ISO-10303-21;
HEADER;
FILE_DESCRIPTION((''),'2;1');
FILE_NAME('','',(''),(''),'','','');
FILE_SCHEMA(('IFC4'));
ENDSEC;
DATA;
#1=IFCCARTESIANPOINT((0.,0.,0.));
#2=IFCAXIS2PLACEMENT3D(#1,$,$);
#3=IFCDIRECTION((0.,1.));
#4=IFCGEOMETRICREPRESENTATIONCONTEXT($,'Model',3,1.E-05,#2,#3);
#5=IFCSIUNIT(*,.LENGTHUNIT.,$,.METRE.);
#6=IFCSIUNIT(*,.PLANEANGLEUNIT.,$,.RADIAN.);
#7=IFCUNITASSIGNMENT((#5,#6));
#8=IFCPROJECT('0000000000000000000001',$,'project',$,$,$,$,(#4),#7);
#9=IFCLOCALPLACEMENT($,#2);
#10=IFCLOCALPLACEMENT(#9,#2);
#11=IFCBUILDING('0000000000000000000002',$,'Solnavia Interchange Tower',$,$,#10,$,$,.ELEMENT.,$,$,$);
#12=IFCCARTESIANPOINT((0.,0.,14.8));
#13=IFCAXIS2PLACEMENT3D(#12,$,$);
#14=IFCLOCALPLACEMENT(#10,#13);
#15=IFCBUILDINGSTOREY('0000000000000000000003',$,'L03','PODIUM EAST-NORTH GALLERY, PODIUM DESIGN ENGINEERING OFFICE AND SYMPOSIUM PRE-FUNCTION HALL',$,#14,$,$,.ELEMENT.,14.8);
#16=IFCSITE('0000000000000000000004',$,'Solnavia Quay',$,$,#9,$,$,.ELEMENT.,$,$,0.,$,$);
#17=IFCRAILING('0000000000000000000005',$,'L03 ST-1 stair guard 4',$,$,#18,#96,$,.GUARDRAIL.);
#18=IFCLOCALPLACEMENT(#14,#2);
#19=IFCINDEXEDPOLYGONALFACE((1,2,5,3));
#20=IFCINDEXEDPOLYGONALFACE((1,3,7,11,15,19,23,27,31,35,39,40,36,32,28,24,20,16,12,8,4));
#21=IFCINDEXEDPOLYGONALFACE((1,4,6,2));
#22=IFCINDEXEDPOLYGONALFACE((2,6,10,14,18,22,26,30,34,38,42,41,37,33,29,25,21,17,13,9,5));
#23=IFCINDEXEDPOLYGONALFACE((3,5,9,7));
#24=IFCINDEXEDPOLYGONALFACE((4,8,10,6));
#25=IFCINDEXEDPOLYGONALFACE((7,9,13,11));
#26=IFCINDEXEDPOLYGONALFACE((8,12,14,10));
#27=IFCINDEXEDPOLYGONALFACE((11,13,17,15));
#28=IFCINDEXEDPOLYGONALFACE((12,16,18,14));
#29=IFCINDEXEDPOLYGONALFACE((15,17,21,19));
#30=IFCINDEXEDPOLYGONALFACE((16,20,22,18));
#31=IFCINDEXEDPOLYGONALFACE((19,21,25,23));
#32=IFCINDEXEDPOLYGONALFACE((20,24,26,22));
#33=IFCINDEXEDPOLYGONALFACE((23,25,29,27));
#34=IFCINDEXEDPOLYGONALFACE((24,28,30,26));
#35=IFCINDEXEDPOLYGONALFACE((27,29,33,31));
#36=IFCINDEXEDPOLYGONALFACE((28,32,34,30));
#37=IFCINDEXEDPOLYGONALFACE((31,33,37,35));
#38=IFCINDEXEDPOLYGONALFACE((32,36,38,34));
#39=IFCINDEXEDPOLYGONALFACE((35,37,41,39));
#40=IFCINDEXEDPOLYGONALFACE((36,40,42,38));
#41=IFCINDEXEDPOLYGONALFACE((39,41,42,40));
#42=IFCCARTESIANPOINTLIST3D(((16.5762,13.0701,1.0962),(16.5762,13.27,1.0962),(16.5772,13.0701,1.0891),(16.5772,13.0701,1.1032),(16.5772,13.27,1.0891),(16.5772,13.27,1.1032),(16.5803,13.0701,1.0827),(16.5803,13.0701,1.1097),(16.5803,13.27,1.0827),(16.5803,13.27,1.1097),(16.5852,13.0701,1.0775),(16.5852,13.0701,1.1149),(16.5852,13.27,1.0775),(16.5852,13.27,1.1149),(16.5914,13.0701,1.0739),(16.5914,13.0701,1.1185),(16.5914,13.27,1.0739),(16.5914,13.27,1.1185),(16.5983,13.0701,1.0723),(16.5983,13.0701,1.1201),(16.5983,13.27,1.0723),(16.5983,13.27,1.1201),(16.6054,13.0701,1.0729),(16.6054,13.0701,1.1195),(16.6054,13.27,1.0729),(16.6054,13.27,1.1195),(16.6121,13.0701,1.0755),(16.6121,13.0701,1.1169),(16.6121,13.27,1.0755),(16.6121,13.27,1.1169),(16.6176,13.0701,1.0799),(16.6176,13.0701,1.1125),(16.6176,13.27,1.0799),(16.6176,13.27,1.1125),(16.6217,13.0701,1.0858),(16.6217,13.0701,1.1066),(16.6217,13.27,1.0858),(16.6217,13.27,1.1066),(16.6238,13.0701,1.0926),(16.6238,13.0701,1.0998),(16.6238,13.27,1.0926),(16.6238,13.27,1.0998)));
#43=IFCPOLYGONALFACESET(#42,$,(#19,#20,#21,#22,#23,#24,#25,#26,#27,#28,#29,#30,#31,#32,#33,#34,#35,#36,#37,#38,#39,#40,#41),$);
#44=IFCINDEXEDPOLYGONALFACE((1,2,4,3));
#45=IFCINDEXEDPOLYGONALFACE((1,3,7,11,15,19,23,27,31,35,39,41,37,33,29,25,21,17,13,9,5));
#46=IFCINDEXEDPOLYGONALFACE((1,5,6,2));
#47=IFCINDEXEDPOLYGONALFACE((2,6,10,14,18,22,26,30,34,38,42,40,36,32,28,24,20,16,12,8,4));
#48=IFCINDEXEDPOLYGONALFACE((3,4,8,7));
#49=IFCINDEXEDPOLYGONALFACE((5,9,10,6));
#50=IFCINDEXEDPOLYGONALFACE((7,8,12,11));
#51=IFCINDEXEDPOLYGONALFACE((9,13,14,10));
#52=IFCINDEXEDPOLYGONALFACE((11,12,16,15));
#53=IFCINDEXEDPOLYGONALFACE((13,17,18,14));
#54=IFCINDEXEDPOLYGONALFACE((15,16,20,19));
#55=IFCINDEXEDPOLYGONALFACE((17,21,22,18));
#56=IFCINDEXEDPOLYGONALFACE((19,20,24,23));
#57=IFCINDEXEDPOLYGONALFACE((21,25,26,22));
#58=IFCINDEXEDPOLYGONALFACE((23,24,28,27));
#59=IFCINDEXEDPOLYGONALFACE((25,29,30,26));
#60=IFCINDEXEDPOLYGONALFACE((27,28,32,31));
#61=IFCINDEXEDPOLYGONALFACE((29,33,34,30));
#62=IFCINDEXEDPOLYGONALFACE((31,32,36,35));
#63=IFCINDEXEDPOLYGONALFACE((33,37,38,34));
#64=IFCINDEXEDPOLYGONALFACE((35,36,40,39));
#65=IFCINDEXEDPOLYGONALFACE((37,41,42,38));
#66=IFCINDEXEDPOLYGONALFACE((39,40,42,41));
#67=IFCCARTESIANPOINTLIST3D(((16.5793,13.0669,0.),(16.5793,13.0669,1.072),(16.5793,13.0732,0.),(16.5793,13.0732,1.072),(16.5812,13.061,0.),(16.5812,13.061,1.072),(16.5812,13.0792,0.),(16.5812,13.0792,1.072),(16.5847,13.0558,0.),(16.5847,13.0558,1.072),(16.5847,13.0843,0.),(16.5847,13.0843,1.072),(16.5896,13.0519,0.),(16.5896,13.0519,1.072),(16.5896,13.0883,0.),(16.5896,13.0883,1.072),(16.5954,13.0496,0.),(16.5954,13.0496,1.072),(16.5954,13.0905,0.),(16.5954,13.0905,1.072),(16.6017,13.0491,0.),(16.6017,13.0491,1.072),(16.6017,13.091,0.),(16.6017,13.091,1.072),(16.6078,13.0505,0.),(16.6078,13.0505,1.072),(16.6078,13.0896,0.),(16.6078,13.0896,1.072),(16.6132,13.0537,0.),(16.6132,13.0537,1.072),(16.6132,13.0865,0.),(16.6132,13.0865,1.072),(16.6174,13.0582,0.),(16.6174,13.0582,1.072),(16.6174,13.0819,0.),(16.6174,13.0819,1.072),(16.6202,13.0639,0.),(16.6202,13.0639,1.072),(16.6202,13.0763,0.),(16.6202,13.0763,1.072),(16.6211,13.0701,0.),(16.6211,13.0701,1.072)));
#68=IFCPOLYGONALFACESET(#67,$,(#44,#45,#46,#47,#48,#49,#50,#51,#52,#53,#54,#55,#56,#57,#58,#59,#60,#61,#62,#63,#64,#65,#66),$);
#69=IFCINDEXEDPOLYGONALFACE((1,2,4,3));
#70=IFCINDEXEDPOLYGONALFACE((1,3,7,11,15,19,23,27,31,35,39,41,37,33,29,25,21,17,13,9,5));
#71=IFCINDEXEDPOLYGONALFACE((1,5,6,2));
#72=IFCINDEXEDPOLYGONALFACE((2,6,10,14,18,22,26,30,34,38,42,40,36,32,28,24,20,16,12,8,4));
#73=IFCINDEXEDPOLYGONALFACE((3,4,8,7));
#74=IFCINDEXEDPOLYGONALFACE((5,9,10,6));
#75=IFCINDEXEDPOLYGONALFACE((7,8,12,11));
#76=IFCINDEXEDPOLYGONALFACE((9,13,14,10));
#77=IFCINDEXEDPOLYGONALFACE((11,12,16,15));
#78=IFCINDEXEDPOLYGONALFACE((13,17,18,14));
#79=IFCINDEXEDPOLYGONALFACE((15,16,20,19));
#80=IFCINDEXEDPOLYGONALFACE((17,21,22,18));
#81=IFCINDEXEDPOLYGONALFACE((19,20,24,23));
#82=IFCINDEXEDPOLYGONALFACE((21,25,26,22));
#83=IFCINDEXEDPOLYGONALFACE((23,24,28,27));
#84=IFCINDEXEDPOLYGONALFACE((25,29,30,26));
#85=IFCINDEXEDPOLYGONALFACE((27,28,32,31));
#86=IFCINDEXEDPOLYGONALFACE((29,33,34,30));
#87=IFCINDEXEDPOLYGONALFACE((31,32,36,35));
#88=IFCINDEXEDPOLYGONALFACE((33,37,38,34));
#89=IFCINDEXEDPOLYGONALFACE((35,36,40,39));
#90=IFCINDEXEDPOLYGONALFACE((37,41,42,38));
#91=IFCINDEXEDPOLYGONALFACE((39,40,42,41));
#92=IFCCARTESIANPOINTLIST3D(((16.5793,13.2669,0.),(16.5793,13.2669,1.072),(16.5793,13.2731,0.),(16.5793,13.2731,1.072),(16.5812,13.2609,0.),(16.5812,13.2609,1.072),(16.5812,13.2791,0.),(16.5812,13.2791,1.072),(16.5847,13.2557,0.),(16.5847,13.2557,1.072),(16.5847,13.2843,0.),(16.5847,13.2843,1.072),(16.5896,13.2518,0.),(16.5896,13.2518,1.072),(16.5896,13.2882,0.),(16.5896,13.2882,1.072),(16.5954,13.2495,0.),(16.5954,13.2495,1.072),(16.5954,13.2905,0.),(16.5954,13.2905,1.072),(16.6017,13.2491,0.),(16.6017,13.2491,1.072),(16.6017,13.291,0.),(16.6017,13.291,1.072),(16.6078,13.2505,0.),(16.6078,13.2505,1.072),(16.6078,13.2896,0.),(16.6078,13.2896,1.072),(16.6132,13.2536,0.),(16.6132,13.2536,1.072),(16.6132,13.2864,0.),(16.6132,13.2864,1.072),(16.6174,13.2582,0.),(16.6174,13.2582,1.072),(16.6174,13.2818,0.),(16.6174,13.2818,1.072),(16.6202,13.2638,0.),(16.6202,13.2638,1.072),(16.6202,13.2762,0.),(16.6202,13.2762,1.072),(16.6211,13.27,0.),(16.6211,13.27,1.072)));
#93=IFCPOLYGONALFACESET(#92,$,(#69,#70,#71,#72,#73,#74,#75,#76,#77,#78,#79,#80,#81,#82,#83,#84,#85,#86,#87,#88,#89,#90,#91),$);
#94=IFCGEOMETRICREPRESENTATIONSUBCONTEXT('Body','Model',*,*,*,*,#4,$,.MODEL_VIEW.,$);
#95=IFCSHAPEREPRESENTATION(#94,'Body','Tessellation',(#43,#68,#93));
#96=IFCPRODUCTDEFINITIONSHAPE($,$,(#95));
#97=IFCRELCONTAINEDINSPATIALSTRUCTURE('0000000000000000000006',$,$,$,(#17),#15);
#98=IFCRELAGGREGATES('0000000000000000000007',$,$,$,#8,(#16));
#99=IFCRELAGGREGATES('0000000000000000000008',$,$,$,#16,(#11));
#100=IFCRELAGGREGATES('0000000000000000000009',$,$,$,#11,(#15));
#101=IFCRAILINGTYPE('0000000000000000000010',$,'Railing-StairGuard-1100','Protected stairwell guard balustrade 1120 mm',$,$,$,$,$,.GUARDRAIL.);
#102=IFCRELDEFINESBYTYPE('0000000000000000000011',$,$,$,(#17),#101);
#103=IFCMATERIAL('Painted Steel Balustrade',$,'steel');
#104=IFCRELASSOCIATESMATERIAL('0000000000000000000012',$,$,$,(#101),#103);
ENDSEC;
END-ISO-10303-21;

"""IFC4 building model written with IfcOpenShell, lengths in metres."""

from ifc_helpers import new_model, si_unit, direction, frame, origin, origin_2d, place, context, subcontext, project, spatial, circle, extrude, material, type_object, element, save


model = new_model("IFC4")

# Units and contexts
model_context = context("Model", 3, precision=1e-05, world=origin(), true_north=direction((0.0, 1.0)))
body_context = subcontext(model_context, "Body", "Model", "MODEL_VIEW")
ifc_project = project(units=[si_unit("LENGTHUNIT", "METRE"), si_unit("PLANEANGLEUNIT", "RADIAN")], contexts=[model_context])

# Site, building, storey
site_placement = place(None, origin())
site = spatial("IfcSite", under=ifc_project, at=site_placement, Name="Solnavia Quay", CompositionType="ELEMENT", RefElevation=0.0)
building_placement = place(site_placement, origin())
building = spatial("IfcBuilding", under=site, at=building_placement, Name="Solnavia Interchange Tower", CompositionType="ELEMENT")
storey_placement = place(building_placement, frame((0.0, 0.0, 14.8)))
storey = spatial("IfcBuildingStorey", under=building, at=storey_placement, Name="L03", Description="PODIUM EAST-NORTH GALLERY, PODIUM DESIGN ENGINEERING OFFICE AND SYMPOSIUM PRE-FUNCTION HALL", CompositionType="ELEMENT", Elevation=14.8)

# Railing
ifc_material_1 = material(Name="Painted Steel Balustrade", Category="steel")
railing_type_1 = type_object("IfcRailingType", Name="Railing-StairGuard-1100", Description="Protected stairwell guard balustrade 1120 mm", PredefinedType="GUARDRAIL", material=ifc_material_1)
railing_1_placement = place(storey_placement, frame((16.6001, 13.0701, 0.0)))
element("IfcRailing", 1, at=railing_1_placement, inside=storey, type_object=railing_type_1, Name="L03 ST-1 stair guard 4", PredefinedType="GUARDRAIL", context=body_context, shape_type="SweptSolid", body=[
    extrude(circle(Radius=0.0239, at=origin_2d()), frame((0.0, 0.0, 1.0962), z_axis=(0.0, 1.0, 0.0), x_axis=(-1.0, 0.0, 0.0)), (0.0, 0.0, 1.0), 0.2),
    extrude(circle(Radius=0.021, at=origin_2d()), origin(), (0.0, 0.0, 1.0), 1.072),
    extrude(circle(Radius=0.021, at=origin_2d()), frame((0.0, 0.2, 0.0)), (0.0, 0.0, 1.0), 1.072),
])

save(model, "model.ifc")
